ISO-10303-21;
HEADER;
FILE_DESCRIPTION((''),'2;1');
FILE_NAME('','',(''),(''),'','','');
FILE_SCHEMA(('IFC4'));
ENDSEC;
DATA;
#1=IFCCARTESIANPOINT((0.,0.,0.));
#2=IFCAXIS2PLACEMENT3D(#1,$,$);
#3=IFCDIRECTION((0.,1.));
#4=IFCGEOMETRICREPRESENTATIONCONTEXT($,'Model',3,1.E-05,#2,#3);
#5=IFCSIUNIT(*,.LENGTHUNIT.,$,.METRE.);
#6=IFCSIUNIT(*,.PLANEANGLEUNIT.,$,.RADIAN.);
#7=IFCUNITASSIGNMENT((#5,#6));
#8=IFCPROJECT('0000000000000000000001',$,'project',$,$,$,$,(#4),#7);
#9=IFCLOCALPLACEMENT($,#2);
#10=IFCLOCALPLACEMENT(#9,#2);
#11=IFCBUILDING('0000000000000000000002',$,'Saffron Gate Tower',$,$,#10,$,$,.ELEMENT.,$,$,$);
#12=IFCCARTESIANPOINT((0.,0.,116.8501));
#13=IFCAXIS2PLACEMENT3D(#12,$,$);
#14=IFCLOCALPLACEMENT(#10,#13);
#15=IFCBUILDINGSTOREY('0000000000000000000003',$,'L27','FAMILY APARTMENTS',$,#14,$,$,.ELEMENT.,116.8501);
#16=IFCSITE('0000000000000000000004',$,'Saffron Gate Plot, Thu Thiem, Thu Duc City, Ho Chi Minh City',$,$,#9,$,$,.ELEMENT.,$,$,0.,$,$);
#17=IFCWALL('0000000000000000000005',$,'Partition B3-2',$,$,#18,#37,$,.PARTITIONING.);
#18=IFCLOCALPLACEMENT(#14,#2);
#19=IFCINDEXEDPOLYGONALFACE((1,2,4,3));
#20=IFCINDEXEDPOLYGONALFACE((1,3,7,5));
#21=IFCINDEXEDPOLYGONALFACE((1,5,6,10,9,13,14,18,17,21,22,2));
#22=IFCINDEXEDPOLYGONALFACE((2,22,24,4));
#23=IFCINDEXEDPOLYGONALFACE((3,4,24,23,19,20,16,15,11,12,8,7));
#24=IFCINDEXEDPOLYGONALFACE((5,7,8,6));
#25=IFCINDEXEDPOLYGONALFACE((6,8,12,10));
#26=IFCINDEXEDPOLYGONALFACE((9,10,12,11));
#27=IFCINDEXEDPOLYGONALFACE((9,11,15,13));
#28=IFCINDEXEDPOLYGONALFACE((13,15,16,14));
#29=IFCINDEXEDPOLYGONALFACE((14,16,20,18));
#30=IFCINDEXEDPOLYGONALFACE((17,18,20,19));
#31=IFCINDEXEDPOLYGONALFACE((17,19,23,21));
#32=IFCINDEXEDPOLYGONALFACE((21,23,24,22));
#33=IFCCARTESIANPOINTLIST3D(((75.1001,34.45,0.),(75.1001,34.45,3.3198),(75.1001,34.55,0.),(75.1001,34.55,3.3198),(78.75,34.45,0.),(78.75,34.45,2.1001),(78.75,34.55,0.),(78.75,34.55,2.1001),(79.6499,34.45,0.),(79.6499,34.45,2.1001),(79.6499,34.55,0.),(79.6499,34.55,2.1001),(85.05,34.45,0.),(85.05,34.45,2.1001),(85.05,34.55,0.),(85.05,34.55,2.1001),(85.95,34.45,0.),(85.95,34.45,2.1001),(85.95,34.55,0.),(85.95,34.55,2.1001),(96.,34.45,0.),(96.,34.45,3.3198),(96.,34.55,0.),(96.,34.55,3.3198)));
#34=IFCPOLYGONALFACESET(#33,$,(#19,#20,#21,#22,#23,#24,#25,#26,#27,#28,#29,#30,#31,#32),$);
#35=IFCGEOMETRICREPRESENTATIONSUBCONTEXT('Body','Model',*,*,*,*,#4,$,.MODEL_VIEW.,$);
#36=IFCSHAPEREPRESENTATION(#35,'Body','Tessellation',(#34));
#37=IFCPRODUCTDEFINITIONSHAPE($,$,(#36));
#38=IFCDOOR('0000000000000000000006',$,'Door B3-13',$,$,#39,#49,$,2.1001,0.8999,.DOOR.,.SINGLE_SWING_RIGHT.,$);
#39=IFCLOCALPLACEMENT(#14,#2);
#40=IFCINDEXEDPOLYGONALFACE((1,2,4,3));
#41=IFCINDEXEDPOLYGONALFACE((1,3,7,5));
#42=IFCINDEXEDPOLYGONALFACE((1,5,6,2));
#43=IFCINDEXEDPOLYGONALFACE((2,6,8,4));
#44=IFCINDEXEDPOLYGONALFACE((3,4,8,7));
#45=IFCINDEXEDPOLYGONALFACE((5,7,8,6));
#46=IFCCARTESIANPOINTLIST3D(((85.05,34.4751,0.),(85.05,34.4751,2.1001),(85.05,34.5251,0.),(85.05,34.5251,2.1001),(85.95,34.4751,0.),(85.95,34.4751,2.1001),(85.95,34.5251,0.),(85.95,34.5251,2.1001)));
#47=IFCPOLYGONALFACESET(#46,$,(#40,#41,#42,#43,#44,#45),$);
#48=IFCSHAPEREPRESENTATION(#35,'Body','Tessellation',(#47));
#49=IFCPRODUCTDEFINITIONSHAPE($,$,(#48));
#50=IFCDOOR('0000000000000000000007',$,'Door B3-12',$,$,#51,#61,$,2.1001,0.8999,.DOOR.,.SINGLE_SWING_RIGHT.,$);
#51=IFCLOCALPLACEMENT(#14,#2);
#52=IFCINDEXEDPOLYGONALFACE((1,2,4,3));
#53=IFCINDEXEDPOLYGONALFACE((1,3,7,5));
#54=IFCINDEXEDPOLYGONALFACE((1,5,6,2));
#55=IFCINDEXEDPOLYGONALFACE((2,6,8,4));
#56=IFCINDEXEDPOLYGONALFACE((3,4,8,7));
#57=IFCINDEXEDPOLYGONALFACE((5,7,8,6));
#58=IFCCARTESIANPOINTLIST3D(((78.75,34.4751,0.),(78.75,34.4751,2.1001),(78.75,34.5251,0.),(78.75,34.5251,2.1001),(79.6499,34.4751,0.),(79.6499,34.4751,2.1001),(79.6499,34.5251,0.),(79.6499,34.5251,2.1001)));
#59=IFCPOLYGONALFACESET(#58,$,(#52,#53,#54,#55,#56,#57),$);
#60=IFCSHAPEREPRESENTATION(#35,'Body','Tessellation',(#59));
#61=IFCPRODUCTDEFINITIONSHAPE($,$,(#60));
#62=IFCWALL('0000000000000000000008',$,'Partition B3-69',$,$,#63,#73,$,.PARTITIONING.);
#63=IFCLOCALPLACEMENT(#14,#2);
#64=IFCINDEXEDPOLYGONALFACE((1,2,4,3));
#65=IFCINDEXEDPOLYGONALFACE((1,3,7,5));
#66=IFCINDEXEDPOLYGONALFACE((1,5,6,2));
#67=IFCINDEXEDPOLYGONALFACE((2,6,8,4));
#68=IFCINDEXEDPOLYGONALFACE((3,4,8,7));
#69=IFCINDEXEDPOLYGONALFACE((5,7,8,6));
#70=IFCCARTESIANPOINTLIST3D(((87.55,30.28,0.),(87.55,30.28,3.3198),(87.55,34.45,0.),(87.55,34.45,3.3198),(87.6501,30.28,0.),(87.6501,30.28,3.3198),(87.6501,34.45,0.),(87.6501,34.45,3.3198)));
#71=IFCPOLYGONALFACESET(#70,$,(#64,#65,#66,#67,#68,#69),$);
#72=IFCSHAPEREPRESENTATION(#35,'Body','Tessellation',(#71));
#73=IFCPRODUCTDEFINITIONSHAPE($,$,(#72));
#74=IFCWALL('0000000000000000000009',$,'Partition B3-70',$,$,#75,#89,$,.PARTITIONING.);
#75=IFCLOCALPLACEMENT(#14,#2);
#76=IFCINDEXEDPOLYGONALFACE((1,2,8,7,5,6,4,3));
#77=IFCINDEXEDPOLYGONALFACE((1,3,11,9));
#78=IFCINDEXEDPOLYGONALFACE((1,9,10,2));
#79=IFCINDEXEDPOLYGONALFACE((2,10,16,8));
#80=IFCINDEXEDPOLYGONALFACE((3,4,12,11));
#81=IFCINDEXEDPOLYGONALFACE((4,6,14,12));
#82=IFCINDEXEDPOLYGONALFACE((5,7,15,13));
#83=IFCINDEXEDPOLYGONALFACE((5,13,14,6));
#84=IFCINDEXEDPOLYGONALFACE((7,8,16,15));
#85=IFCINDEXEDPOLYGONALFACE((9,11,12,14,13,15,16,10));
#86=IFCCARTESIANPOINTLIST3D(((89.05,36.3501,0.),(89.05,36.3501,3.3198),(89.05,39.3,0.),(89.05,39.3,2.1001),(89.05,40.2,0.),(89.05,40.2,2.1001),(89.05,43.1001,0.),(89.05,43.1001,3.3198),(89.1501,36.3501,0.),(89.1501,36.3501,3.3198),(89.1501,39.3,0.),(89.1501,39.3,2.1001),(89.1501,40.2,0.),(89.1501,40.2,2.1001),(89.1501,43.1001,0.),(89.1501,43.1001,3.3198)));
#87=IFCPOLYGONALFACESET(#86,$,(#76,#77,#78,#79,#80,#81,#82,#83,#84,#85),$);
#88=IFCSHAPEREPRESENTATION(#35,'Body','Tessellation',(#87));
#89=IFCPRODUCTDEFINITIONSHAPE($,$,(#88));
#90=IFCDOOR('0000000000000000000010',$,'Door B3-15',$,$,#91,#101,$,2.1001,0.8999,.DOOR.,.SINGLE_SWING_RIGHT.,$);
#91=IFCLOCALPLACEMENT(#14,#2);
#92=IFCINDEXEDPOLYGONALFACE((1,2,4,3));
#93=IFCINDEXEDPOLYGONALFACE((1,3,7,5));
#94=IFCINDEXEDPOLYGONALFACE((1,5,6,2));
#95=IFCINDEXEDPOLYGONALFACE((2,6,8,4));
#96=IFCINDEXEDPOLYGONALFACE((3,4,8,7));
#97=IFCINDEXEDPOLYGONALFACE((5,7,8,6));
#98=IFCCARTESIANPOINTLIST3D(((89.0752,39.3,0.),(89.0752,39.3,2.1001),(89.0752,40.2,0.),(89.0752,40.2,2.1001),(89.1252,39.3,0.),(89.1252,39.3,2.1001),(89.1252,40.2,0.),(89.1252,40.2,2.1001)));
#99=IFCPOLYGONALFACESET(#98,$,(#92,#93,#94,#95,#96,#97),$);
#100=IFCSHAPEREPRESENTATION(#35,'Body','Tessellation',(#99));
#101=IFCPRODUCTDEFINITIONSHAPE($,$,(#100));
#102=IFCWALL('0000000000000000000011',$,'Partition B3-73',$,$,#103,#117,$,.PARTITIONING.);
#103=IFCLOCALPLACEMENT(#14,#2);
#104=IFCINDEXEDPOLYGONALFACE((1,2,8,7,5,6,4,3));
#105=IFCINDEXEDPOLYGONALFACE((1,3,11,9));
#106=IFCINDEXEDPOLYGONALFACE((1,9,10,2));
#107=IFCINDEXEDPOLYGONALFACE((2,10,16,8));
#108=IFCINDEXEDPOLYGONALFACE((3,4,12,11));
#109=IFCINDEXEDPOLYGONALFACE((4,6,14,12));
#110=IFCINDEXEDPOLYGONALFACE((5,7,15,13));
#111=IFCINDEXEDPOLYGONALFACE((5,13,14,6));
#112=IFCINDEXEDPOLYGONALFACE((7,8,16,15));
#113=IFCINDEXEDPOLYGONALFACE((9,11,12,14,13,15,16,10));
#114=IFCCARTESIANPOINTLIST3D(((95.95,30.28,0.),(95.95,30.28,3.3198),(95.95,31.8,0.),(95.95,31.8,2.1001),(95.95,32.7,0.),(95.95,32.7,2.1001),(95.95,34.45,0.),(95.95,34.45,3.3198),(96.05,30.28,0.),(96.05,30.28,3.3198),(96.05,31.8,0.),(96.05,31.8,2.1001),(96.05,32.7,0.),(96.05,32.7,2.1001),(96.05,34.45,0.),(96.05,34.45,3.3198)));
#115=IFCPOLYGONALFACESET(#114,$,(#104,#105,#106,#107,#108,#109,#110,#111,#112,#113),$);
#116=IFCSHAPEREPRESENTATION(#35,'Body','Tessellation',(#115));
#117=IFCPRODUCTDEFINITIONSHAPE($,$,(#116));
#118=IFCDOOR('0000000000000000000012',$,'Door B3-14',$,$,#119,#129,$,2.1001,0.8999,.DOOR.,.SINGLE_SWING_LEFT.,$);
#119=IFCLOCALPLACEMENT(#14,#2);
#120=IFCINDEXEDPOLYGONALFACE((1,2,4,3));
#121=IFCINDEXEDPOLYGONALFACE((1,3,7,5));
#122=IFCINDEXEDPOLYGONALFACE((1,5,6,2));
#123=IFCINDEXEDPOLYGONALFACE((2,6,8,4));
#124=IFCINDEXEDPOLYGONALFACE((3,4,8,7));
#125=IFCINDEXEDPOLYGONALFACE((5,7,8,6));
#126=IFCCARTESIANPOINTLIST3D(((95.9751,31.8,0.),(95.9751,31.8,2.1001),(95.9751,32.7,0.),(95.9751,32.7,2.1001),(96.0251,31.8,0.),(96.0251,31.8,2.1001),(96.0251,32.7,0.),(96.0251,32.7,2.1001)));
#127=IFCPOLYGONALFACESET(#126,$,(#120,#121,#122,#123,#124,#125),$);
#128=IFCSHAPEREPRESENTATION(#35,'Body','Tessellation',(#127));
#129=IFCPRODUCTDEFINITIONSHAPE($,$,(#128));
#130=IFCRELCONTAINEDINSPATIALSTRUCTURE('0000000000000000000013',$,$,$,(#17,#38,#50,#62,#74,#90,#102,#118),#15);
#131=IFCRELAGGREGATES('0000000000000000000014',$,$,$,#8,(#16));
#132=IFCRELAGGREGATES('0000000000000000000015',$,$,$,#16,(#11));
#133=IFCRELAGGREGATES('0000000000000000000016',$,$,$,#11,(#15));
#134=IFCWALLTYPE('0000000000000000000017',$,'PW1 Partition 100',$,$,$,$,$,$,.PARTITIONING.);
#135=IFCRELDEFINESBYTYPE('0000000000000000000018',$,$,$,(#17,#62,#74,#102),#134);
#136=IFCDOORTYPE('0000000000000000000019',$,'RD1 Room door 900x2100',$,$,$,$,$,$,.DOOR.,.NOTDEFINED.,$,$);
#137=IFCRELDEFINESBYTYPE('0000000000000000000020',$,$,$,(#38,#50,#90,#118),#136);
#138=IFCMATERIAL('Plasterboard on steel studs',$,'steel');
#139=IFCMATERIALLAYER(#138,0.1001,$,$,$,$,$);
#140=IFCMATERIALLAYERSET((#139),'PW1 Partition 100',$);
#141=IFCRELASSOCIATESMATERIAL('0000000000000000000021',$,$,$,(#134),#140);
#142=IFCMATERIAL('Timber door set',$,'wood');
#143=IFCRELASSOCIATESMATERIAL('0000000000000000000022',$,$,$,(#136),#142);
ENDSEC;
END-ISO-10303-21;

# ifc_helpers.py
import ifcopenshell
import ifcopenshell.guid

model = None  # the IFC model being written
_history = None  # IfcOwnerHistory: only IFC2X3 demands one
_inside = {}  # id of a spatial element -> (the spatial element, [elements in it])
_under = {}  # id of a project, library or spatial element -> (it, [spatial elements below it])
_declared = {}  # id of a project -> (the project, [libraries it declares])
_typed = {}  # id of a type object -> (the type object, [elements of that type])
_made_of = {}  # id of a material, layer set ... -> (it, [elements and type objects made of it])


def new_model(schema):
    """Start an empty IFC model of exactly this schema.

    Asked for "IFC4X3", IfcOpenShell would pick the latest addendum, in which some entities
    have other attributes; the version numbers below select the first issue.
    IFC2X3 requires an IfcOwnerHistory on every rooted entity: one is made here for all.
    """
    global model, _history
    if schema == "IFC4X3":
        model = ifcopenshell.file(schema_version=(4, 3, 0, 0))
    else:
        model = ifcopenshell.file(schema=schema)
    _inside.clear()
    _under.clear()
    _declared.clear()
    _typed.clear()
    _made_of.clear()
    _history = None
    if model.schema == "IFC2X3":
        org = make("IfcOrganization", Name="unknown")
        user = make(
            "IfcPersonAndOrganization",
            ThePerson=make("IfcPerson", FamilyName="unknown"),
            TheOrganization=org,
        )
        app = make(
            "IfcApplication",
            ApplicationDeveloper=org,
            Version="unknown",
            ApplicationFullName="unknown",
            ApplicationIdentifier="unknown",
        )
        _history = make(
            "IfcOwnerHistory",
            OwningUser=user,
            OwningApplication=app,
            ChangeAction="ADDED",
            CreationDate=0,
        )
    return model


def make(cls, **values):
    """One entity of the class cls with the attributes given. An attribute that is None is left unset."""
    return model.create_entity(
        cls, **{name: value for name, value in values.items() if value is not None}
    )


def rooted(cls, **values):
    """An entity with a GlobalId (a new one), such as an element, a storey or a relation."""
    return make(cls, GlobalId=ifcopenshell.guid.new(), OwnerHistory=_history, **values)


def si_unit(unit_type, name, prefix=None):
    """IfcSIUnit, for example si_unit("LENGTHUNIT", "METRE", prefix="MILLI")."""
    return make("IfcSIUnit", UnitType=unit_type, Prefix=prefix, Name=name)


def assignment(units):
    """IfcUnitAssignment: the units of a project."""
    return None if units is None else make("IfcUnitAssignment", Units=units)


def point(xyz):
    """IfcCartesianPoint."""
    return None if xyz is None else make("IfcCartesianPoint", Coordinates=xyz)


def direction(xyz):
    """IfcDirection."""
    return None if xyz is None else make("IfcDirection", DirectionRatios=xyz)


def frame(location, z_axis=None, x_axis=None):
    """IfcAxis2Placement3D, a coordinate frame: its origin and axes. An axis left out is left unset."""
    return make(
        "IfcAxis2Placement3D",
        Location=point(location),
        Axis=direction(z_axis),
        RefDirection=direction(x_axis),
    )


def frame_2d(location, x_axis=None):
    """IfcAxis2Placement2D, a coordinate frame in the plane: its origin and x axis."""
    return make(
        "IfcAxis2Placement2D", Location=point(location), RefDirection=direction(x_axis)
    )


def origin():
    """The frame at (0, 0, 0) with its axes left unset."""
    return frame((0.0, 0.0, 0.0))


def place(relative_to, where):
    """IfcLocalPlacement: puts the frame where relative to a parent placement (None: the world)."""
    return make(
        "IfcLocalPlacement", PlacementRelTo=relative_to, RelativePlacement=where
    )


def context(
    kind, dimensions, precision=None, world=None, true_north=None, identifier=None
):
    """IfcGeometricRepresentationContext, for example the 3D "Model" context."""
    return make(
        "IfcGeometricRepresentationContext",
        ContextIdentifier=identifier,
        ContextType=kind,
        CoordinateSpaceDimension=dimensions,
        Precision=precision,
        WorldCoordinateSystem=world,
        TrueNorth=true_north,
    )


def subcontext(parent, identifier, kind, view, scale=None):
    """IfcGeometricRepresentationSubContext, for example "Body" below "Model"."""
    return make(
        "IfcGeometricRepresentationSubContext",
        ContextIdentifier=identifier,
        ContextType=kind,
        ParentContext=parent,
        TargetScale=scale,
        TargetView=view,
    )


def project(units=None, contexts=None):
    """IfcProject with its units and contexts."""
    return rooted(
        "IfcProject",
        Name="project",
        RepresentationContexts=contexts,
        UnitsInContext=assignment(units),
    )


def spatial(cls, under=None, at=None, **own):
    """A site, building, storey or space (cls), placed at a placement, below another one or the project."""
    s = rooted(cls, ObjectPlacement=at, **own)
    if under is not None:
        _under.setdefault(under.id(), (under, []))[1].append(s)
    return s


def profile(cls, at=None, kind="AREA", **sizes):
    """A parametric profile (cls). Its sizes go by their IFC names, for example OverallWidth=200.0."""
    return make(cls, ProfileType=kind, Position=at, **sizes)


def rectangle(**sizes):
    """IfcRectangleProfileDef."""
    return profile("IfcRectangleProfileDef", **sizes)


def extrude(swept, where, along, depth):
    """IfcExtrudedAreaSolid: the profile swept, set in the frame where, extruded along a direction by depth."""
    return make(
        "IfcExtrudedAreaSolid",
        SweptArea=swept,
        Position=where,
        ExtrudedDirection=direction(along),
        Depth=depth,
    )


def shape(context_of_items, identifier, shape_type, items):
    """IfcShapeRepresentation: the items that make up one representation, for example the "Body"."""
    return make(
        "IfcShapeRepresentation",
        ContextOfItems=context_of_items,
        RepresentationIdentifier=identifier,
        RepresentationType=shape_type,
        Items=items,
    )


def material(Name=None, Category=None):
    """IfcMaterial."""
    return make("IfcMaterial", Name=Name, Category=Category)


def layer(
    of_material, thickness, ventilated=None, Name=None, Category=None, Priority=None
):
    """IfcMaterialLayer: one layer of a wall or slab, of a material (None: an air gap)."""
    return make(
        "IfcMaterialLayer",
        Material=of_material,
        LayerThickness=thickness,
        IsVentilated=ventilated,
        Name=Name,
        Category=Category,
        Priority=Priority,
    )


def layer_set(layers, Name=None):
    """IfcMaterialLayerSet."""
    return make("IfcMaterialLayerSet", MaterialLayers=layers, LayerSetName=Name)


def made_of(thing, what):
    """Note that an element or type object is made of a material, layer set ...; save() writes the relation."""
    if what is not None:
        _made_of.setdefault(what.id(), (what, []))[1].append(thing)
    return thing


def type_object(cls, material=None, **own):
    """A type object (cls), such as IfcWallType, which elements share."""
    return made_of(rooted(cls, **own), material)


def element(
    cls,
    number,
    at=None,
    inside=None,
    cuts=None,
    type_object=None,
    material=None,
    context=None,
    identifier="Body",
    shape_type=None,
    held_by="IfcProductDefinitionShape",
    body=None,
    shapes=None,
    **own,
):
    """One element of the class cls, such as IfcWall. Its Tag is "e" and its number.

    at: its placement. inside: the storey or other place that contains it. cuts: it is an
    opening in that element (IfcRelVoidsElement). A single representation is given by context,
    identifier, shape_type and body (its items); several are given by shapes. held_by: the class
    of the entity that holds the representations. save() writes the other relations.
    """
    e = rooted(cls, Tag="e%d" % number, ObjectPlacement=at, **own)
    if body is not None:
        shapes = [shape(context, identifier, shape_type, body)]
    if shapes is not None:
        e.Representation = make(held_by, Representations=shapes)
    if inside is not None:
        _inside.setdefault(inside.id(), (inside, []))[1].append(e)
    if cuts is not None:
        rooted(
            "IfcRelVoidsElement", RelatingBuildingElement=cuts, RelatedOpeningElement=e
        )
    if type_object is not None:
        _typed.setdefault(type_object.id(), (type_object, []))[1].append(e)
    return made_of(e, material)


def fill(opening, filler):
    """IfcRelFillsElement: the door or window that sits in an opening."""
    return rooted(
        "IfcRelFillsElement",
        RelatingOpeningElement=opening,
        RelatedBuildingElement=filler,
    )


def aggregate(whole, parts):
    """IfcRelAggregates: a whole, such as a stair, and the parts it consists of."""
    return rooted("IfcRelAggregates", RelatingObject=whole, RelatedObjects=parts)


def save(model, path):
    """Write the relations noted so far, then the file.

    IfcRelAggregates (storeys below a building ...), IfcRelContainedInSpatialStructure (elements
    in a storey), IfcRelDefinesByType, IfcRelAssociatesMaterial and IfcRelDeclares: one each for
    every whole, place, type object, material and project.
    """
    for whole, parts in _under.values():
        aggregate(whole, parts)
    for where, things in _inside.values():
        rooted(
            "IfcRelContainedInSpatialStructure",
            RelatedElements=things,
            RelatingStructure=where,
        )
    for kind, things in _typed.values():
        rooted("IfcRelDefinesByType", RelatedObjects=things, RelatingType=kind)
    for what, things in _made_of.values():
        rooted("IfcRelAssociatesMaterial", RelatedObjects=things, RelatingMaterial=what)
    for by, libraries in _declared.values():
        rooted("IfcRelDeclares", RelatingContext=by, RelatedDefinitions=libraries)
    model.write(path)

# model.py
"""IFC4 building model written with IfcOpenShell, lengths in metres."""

from ifc_helpers import new_model, si_unit, direction, frame, frame_2d, origin, place, context, subcontext, project, spatial, rectangle, extrude, material, layer, layer_set, type_object, element, fill, save


model = new_model("IFC4")

# Units and contexts
model_context = context("Model", 3, precision=1e-05, world=origin(), true_north=direction((0.0, 1.0)))
body_context = subcontext(model_context, "Body", "Model", "MODEL_VIEW")
ifc_project = project(units=[si_unit("LENGTHUNIT", "METRE"), si_unit("PLANEANGLEUNIT", "RADIAN")], contexts=[model_context])

# Site, building, storey
site_placement = place(None, origin())
site = spatial("IfcSite", under=ifc_project, at=site_placement, Name="Saffron Gate Plot, Thu Thiem, Thu Duc City, Ho Chi Minh City", CompositionType="ELEMENT", RefElevation=0.0)
building_placement = place(site_placement, origin())
building = spatial("IfcBuilding", under=site, at=building_placement, Name="Saffron Gate Tower", CompositionType="ELEMENT")
storey_placement = place(building_placement, frame((0.0, 0.0, 116.8501)))
storey = spatial("IfcBuildingStorey", under=building, at=storey_placement, Name="L27", Description="FAMILY APARTMENTS", CompositionType="ELEMENT", Elevation=116.8501)

# Wall, openings, doors
ifc_material_1 = material(Name="Plasterboard on steel studs", Category="steel")
ifc_layer_1 = layer(ifc_material_1, 0.1001)
ifc_layer_set_1 = layer_set([ifc_layer_1], Name="PW1 Partition 100")
wall_type = type_object("IfcWallType", Name="PW1 Partition 100", PredefinedType="PARTITIONING", material=ifc_layer_set_1)
wall_1_placement = place(storey_placement, frame((96.0, 34.5, 0.0), z_axis=(0.0, 0.0, 1.0), x_axis=(-1.0, 0.0, 0.0)))
wall_1 = element("IfcWall", 1, at=wall_1_placement, inside=storey, type_object=wall_type, Name="Partition B3-2", PredefinedType="PARTITIONING", context=body_context, shape_type="SweptSolid", body=[
    extrude(rectangle(XDim=20.8999, YDim=0.1001, at=frame_2d((10.45, 0.0))), origin(), (0.0, 0.0, 1.0), 3.3198),
])
opening_1_placement = place(wall_1_placement, frame((10.05, 0.0, 0.0)))
opening_1 = element("IfcOpeningElement", 2, at=opening_1_placement, cuts=wall_1, PredefinedType="OPENING", context=body_context, shape_type="SweptSolid", body=[
    extrude(rectangle(XDim=0.8999, YDim=2.1001, at=frame_2d((0.45, 1.05))), frame((0.0, 0.0601, 0.0), z_axis=(0.0, -1.0, 0.0), x_axis=(1.0, 0.0, 0.0)), (0.0, 0.0, 1.0), 0.1201),
])
opening_2_placement = place(wall_1_placement, frame((16.3501, 0.0, 0.0)))
opening_2 = element("IfcOpeningElement", 3, at=opening_2_placement, cuts=wall_1, PredefinedType="OPENING", context=body_context, shape_type="SweptSolid", body=[
    extrude(rectangle(XDim=0.8999, YDim=2.1001, at=frame_2d((0.45, 1.05))), frame((0.0, 0.0601, 0.0), z_axis=(0.0, -1.0, 0.0), x_axis=(1.0, 0.0, 0.0)), (0.0, 0.0, 1.0), 0.1201),
])
ifc_material_2 = material(Name="Timber door set", Category="wood")
door_type_1 = type_object("IfcDoorType", Name="RD1 Room door 900x2100", OperationType="NOTDEFINED", PredefinedType="DOOR", material=ifc_material_2)
door_1_placement = place(opening_1_placement, origin())
door_1 = element("IfcDoor", 4, at=door_1_placement, inside=storey, type_object=door_type_1, Name="Door B3-13", OperationType="SINGLE_SWING_RIGHT", OverallHeight=2.1001, OverallWidth=0.8999, PredefinedType="DOOR", context=body_context, shape_type="SweptSolid", body=[
    extrude(rectangle(XDim=0.8999, YDim=2.1001, at=frame_2d((0.45, 1.05))), frame((0.0, 0.0249, 0.0), z_axis=(0.0, -1.0, 0.0), x_axis=(1.0, 0.0, 0.0)), (0.0, 0.0, 1.0), 0.05),
])
fill(opening_1, door_1)
door_2_placement = place(opening_2_placement, origin())
door_2 = element("IfcDoor", 5, at=door_2_placement, inside=storey, type_object=door_type_1, Name="Door B3-12", OperationType="SINGLE_SWING_RIGHT", OverallHeight=2.1001, OverallWidth=0.8999, PredefinedType="DOOR", context=body_context, shape_type="SweptSolid", body=[
    extrude(rectangle(XDim=0.8999, YDim=2.1001, at=frame_2d((0.45, 1.05))), frame((0.0, 0.0249, 0.0), z_axis=(0.0, -1.0, 0.0), x_axis=(1.0, 0.0, 0.0)), (0.0, 0.0, 1.0), 0.05),
])
fill(opening_2, door_2)

# Wall
wall_2_placement = place(storey_placement, frame((87.6001, 34.45, 0.0), z_axis=(0.0, 0.0, 1.0), x_axis=(0.0, -1.0, 0.0)))
element("IfcWall", 6, at=wall_2_placement, inside=storey, type_object=wall_type, Name="Partition B3-69", PredefinedType="PARTITIONING", context=body_context, shape_type="SweptSolid", body=[
    extrude(rectangle(XDim=4.1699, YDim=0.1001, at=frame_2d((2.085, 0.0))), origin(), (0.0, 0.0, 1.0), 3.3198),
])

# Walls, openings, doors
wall_3_placement = place(storey_placement, frame((89.1001, 36.3501, 0.0), z_axis=(0.0, 0.0, 1.0), x_axis=(0.0, 1.0, 0.0)))
wall_3 = element("IfcWall", 7, at=wall_3_placement, inside=storey, type_object=wall_type, Name="Partition B3-70", PredefinedType="PARTITIONING", context=body_context, shape_type="SweptSolid", body=[
    extrude(rectangle(XDim=6.75, YDim=0.1001, at=frame_2d((3.375, 0.0))), origin(), (0.0, 0.0, 1.0), 3.3198),
])
opening_3_placement = place(wall_3_placement, frame((2.95, 0.0, 0.0)))
opening_3 = element("IfcOpeningElement", 8, at=opening_3_placement, cuts=wall_3, PredefinedType="OPENING", context=body_context, shape_type="SweptSolid", body=[
    extrude(rectangle(XDim=0.8999, YDim=2.1001, at=frame_2d((0.45, 1.05))), frame((0.0, 0.0601, 0.0), z_axis=(0.0, -1.0, 0.0), x_axis=(1.0, 0.0, 0.0)), (0.0, 0.0, 1.0), 0.1201),
])
door_3_placement = place(opening_3_placement, origin())
door_3 = element("IfcDoor", 9, at=door_3_placement, inside=storey, type_object=door_type_1, Name="Door B3-15", OperationType="SINGLE_SWING_RIGHT", OverallHeight=2.1001, OverallWidth=0.8999, PredefinedType="DOOR", context=body_context, shape_type="SweptSolid", body=[
    extrude(rectangle(XDim=0.8999, YDim=2.1001, at=frame_2d((0.45, 1.05))), frame((0.0, 0.0249, 0.0), z_axis=(0.0, -1.0, 0.0), x_axis=(1.0, 0.0, 0.0)), (0.0, 0.0, 1.0), 0.05),
])
fill(opening_3, door_3)
wall_4_placement = place(storey_placement, frame((96.0, 30.28, 0.0), z_axis=(0.0, 0.0, 1.0), x_axis=(0.0, 1.0, 0.0)))
wall_4 = element("IfcWall", 10, at=wall_4_placement, inside=storey, type_object=wall_type, Name="Partition B3-73", PredefinedType="PARTITIONING", context=body_context, shape_type="SweptSolid", body=[
    extrude(rectangle(XDim=4.1699, YDim=0.1001, at=frame_2d((2.085, 0.0))), origin(), (0.0, 0.0, 1.0), 3.3198),
])
opening_4_placement = place(wall_4_placement, frame((1.52, 0.0, 0.0)))
opening_4 = element("IfcOpeningElement", 11, at=opening_4_placement, cuts=wall_4, PredefinedType="OPENING", context=body_context, shape_type="SweptSolid", body=[
    extrude(rectangle(XDim=0.8999, YDim=2.1001, at=frame_2d((0.45, 1.05))), frame((0.0, 0.0601, 0.0), z_axis=(0.0, -1.0, 0.0), x_axis=(1.0, 0.0, 0.0)), (0.0, 0.0, 1.0), 0.1201),
])
door_4_placement = place(opening_4_placement, origin())
door_4 = element("IfcDoor", 12, at=door_4_placement, inside=storey, type_object=door_type_1, Name="Door B3-14", OperationType="SINGLE_SWING_LEFT", OverallHeight=2.1001, OverallWidth=0.8999, PredefinedType="DOOR", context=body_context, shape_type="SweptSolid", body=[
    extrude(rectangle(XDim=0.8999, YDim=2.1001, at=frame_2d((0.45, 1.05))), frame((0.0, 0.0249, 0.0), z_axis=(0.0, -1.0, 0.0), x_axis=(1.0, 0.0, 0.0)), (0.0, 0.0, 1.0), 0.05),
])
fill(opening_4, door_4)

save(model, "model.ifc")
